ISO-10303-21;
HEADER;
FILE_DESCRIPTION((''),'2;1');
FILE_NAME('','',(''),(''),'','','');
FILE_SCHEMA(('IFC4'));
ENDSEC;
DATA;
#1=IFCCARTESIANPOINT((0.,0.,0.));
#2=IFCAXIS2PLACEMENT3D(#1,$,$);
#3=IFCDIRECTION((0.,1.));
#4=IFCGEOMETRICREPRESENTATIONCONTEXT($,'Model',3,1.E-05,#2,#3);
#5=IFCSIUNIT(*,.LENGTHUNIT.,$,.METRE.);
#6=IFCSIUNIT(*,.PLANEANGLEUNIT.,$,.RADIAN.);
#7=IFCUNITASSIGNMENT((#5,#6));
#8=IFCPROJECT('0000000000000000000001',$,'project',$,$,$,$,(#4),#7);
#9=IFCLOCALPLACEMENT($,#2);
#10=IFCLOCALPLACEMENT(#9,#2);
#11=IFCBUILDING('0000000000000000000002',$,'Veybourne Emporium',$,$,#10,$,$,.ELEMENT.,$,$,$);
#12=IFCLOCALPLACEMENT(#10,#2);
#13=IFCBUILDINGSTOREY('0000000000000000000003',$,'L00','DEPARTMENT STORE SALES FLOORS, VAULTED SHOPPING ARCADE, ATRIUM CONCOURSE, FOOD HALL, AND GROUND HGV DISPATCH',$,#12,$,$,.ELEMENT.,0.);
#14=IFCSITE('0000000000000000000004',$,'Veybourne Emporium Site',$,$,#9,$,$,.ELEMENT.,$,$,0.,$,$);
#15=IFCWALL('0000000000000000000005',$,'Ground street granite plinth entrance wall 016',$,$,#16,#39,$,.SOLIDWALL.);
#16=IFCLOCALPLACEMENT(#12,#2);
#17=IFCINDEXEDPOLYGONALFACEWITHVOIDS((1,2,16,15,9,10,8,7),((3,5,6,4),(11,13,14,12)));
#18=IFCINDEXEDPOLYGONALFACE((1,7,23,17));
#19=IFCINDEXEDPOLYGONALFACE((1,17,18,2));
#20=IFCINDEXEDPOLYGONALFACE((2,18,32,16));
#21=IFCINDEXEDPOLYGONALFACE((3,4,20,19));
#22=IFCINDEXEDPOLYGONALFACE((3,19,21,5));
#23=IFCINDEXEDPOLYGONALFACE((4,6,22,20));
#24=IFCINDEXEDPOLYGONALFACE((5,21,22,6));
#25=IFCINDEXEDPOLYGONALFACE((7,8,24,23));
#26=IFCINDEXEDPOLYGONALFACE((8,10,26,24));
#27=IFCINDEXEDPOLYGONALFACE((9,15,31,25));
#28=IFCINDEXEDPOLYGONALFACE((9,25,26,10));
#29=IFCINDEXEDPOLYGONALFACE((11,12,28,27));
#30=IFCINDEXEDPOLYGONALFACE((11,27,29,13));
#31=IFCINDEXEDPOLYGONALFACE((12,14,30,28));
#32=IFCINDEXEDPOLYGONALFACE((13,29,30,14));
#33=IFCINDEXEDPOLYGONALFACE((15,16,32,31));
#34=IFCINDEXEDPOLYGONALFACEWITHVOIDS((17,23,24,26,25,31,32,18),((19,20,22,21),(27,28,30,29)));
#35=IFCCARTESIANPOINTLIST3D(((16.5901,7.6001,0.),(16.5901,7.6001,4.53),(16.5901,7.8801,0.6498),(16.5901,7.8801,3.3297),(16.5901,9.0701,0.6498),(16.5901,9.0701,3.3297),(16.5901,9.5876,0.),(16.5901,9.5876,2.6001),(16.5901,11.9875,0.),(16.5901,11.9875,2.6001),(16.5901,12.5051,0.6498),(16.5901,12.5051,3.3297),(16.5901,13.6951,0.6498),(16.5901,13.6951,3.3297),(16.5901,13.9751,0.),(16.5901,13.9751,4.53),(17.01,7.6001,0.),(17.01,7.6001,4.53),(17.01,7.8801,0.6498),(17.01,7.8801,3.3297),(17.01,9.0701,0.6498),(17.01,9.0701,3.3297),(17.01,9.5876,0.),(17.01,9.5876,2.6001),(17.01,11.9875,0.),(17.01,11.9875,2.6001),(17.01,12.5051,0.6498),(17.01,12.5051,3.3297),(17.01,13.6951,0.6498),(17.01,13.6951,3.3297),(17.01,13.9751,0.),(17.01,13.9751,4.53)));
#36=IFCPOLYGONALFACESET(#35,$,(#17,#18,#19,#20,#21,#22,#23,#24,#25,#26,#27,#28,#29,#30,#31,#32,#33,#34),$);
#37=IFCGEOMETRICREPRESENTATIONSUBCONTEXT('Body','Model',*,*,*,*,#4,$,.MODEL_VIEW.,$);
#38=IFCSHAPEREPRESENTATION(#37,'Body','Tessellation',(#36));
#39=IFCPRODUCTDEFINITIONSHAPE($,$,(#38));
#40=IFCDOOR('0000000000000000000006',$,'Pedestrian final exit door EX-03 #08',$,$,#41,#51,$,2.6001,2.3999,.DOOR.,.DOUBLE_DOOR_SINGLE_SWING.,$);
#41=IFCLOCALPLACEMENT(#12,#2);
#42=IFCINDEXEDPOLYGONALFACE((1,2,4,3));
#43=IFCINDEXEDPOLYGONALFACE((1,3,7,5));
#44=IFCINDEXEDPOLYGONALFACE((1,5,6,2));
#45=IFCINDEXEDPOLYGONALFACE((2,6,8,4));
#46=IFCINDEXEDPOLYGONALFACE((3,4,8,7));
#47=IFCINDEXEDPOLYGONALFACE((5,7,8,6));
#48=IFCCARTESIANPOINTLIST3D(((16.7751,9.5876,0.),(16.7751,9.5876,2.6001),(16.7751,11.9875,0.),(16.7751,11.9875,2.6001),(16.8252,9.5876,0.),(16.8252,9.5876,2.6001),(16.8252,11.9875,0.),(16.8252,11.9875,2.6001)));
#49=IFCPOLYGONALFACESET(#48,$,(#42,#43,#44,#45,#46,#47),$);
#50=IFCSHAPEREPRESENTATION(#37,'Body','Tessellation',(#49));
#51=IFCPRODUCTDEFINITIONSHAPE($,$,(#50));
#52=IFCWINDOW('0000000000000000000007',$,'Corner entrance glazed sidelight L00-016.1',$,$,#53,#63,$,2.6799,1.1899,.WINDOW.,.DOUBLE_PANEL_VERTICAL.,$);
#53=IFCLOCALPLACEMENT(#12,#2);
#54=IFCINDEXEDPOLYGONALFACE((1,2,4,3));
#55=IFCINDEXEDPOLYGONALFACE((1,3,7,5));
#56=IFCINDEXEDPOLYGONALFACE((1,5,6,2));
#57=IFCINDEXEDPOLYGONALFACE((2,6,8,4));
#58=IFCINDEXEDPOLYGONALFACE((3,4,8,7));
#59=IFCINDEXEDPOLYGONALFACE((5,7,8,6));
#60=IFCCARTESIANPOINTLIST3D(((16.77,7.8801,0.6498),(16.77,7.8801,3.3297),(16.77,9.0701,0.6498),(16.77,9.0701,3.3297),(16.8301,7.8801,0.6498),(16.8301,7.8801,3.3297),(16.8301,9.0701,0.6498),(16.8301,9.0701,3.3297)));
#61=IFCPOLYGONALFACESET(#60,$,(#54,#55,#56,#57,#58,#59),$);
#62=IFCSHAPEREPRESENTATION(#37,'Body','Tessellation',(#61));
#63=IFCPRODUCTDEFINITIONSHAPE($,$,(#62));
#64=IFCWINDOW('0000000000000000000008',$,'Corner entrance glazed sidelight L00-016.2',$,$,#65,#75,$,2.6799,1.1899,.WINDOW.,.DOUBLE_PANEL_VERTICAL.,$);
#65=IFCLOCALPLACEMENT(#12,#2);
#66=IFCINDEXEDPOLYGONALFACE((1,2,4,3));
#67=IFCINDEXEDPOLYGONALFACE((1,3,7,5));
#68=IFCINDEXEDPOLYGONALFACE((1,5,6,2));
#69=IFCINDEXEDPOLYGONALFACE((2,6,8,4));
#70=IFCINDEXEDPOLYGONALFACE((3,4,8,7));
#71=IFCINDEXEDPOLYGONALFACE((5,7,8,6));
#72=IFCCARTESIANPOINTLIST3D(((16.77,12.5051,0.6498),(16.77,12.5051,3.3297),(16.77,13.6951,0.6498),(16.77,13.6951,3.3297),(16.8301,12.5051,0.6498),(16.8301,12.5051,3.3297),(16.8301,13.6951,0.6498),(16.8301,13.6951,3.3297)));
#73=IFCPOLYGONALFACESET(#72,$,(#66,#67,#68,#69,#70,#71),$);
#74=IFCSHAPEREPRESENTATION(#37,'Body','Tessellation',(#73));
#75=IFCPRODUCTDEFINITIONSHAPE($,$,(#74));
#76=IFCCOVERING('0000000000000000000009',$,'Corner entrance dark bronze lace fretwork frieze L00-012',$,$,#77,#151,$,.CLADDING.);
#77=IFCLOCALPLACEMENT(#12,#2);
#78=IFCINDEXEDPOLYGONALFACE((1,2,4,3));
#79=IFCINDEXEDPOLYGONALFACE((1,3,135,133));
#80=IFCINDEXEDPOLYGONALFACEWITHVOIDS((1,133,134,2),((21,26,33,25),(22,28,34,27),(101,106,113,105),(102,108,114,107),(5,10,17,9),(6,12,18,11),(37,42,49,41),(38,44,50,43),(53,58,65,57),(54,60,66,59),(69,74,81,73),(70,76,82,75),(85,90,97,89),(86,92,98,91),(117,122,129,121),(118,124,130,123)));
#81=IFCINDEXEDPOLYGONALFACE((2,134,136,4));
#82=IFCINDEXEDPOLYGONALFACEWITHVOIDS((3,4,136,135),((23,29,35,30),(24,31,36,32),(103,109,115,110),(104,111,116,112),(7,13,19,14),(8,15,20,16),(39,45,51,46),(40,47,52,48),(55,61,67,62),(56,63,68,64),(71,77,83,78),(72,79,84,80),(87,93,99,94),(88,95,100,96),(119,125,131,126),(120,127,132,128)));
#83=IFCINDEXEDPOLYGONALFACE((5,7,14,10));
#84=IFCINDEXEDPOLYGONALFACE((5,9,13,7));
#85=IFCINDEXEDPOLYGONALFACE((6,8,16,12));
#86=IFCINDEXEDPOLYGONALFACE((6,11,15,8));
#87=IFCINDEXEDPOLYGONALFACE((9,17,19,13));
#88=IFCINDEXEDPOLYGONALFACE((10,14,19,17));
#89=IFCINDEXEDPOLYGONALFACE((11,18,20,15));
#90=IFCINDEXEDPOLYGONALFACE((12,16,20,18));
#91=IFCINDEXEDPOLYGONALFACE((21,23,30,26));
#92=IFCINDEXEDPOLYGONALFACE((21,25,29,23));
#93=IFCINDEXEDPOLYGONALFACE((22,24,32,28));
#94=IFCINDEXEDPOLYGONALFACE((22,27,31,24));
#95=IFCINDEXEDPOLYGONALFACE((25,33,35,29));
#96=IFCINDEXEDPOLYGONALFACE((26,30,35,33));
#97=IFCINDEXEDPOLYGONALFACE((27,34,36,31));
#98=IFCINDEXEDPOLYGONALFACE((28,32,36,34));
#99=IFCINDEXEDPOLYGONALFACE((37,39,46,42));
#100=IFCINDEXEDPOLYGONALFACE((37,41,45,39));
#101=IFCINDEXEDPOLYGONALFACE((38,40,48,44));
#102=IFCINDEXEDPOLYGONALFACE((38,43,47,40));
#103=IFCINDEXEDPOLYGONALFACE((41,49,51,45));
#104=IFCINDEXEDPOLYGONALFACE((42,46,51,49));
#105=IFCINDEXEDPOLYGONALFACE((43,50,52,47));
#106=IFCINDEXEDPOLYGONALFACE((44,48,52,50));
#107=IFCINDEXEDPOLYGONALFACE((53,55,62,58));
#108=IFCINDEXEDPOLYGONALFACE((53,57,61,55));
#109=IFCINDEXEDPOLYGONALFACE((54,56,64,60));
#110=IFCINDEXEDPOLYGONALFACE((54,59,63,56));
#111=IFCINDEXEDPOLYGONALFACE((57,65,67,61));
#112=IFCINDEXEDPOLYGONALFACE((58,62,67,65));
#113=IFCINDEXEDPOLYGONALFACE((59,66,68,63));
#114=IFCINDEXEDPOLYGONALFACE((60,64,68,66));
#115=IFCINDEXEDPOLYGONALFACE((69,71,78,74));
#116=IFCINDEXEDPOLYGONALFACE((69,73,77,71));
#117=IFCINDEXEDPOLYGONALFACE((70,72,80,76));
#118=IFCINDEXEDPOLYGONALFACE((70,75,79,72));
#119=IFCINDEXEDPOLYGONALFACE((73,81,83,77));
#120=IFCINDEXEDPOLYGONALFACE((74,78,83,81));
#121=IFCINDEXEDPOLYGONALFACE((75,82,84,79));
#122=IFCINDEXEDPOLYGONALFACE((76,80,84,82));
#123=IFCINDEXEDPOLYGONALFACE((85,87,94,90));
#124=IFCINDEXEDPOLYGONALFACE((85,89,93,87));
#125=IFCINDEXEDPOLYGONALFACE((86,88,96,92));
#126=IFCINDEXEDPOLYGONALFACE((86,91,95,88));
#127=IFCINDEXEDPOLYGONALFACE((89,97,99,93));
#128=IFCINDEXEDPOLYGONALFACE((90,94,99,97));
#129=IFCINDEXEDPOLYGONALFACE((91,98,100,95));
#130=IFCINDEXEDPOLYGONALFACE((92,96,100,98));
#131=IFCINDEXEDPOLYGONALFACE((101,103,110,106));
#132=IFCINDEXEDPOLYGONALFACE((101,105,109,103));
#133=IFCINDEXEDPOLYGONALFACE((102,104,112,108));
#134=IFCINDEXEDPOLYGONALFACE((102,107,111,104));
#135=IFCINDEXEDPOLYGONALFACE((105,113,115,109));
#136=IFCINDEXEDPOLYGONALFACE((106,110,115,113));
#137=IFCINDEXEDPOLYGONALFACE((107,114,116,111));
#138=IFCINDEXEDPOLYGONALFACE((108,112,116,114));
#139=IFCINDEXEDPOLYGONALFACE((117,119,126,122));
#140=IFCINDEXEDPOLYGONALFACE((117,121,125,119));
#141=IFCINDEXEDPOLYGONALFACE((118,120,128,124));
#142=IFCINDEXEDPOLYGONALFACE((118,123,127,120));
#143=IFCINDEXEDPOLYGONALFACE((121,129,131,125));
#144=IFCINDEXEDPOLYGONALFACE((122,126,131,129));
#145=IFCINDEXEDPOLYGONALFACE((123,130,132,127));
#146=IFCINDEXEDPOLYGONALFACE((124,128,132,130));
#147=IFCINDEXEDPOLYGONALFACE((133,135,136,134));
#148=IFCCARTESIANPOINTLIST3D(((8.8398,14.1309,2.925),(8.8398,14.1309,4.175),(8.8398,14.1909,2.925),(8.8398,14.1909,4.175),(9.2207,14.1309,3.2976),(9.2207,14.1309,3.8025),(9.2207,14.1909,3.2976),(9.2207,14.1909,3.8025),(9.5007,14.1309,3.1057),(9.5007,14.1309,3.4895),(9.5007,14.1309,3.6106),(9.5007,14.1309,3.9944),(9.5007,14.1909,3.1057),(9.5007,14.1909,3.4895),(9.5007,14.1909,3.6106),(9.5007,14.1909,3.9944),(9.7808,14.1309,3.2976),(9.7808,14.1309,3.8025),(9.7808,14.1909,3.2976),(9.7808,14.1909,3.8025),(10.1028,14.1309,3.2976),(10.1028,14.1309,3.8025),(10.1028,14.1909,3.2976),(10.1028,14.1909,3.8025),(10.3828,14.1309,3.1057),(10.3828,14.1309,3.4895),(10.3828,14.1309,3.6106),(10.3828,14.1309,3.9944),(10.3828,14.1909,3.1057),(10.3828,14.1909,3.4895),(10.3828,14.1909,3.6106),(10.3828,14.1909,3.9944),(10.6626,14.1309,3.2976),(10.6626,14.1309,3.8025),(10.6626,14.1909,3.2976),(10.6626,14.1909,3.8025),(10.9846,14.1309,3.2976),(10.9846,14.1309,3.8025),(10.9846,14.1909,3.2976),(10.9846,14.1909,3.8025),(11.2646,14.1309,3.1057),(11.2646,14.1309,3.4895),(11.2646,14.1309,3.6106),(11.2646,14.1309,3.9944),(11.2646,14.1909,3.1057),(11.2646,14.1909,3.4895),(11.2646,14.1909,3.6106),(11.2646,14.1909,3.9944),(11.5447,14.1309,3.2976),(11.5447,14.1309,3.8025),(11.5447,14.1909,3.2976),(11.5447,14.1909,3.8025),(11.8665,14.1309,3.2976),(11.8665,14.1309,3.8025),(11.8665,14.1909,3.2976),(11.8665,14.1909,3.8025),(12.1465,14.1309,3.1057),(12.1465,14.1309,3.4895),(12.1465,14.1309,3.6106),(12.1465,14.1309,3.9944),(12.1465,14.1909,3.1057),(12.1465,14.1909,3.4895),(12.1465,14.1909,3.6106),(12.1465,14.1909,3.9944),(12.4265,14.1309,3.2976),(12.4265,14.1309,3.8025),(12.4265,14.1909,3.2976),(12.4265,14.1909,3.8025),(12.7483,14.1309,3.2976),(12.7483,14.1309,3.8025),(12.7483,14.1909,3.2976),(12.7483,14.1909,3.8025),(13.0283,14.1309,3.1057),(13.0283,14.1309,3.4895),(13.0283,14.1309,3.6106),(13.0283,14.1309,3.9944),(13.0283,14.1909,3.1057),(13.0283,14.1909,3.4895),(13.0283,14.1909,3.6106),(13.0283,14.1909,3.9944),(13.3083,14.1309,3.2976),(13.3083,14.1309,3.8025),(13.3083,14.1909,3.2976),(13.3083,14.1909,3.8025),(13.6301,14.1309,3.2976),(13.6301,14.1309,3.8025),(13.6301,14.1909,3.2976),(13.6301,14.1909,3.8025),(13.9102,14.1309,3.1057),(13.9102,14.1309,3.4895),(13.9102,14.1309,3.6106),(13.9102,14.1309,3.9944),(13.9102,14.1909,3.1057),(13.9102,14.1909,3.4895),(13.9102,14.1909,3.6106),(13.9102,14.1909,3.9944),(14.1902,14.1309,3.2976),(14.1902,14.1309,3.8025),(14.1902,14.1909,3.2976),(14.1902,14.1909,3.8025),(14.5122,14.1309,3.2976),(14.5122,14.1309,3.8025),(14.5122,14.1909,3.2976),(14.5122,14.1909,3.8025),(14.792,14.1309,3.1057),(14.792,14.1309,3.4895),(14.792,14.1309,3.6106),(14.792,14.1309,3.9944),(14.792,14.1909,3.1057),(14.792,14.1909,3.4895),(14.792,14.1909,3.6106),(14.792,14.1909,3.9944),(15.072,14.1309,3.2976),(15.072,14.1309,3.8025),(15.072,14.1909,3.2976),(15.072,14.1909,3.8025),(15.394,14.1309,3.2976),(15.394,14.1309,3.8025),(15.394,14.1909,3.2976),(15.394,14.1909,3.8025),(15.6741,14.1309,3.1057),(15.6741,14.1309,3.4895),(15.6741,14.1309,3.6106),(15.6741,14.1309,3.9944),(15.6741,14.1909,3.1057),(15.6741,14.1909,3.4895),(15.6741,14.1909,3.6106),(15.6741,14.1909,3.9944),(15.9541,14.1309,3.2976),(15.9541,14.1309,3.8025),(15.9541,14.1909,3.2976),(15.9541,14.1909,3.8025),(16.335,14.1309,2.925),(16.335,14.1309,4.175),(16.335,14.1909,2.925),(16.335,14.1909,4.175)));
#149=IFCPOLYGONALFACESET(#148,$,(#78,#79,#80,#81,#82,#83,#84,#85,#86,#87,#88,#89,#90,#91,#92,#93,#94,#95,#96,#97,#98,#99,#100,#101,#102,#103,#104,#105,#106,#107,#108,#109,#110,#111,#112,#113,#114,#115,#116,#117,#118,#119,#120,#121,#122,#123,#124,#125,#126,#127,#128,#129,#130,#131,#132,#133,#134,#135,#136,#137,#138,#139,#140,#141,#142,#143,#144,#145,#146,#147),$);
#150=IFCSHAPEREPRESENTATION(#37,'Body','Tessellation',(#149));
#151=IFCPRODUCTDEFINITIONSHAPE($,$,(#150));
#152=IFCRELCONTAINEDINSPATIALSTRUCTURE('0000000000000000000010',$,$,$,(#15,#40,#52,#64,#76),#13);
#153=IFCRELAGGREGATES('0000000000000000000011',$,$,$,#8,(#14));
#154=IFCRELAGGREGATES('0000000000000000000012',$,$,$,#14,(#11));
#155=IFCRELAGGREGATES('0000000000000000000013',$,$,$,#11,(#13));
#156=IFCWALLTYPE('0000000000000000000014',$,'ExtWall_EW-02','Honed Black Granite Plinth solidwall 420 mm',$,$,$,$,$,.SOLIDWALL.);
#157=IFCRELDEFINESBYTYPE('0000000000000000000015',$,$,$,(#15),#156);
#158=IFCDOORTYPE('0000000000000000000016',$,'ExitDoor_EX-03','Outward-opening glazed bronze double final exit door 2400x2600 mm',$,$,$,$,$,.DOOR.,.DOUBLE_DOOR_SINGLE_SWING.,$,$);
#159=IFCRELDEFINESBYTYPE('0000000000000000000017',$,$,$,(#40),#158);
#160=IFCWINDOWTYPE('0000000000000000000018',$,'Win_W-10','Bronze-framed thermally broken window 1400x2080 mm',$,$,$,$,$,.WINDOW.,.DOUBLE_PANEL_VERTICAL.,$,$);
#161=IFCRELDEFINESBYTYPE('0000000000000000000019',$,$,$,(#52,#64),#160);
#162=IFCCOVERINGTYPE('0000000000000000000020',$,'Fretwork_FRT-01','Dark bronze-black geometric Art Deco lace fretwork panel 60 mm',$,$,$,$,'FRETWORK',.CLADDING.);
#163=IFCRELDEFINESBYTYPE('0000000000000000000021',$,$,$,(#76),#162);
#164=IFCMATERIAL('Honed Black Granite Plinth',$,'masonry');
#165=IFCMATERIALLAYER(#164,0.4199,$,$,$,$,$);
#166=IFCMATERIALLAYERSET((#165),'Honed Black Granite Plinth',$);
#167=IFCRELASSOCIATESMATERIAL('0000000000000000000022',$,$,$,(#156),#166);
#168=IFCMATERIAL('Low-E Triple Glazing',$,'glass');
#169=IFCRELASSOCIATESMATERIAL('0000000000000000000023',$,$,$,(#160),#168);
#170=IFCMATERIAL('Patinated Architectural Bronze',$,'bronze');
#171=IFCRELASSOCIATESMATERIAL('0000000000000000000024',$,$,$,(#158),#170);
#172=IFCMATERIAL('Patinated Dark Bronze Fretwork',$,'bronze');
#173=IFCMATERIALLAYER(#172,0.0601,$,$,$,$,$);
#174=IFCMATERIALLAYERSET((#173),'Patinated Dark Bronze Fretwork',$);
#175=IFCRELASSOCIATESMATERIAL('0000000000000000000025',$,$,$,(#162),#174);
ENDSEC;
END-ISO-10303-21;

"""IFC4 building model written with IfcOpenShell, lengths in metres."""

from ifc_helpers import new_model, si_unit, direction, frame, frame_2d, origin, place, context, subcontext, project, spatial, polyline, rectangle, outline, extrude, material, layer, layer_set, type_object, element, fill, save


model = new_model("IFC4")

# Units and contexts
model_context = context("Model", 3, precision=1e-05, world=origin(), true_north=direction((0.0, 1.0)))
body_context = subcontext(model_context, "Body", "Model", "MODEL_VIEW")
ifc_project = project(units=[si_unit("LENGTHUNIT", "METRE"), si_unit("PLANEANGLEUNIT", "RADIAN")], contexts=[model_context])

# Site, building, storey
site_placement = place(None, origin())
site = spatial("IfcSite", under=ifc_project, at=site_placement, Name="Veybourne Emporium Site", CompositionType="ELEMENT", RefElevation=0.0)
building_placement = place(site_placement, origin())
building = spatial("IfcBuilding", under=site, at=building_placement, Name="Veybourne Emporium", CompositionType="ELEMENT")
storey_placement = place(building_placement, origin())
storey = spatial("IfcBuildingStorey", under=building, at=storey_placement, Name="L00", Description="DEPARTMENT STORE SALES FLOORS, VAULTED SHOPPING ARCADE, ATRIUM CONCOURSE, FOOD HALL, AND GROUND HGV DISPATCH", CompositionType="ELEMENT", Elevation=0.0)

# Wall, openings, door, windows
ifc_material_1 = material(Name="Honed Black Granite Plinth", Category="masonry")
ifc_layer_1 = layer(ifc_material_1, 0.4199)
ifc_layer_set_1 = layer_set([ifc_layer_1], Name="Honed Black Granite Plinth")
wall_type = type_object("IfcWallType", Name="ExtWall_EW-02", Description="Honed Black Granite Plinth solidwall 420 mm", PredefinedType="SOLIDWALL", material=ifc_layer_set_1)
ifc_material_2 = material(Name="Patinated Architectural Bronze", Category="bronze")
ifc_material_3 = material(Name="Low-E Triple Glazing", Category="glass")
window_type = type_object("IfcWindowType", Name="Win_W-10", Description="Bronze-framed thermally broken window 1400x2080 mm", PartitioningType="DOUBLE_PANEL_VERTICAL", PredefinedType="WINDOW", material=ifc_material_3)
wall_1_placement = place(storey_placement, frame((16.8, 7.6001, 0.0), z_axis=(0.0, 0.0, 1.0), x_axis=(0.0, 1.0, 0.0)))
wall_1 = element("IfcWall", 1, at=wall_1_placement, inside=storey, type_object=wall_type, Name="Ground street granite plinth entrance wall 016", PredefinedType="SOLIDWALL", context=body_context, shape_type="SweptSolid", body=[
    extrude(rectangle(XDim=6.375, YDim=0.4199, at=frame_2d((3.1875, 0.0))), origin(), (0.0, 0.0, 1.0), 4.53),
])
opening_1_placement = place(wall_1_placement, frame((1.9875, 0.0, 0.0)))
opening_1 = element("IfcOpeningElement", 2, at=opening_1_placement, cuts=wall_1, PredefinedType="OPENING", context=body_context, shape_type="SweptSolid", body=[
    extrude(rectangle(XDim=2.3999, YDim=2.6001, at=frame_2d((1.2, 1.3))), frame((0.0, 0.23, 0.0), z_axis=(0.0, -1.0, 0.0), x_axis=(1.0, 0.0, 0.0)), (0.0, 0.0, 1.0), 0.46),
])
opening_2_placement = place(wall_1_placement, frame((0.28, 0.0, 0.6499)))
opening_2 = element("IfcOpeningElement", 3, at=opening_2_placement, cuts=wall_1, PredefinedType="OPENING", context=body_context, shape_type="SweptSolid", body=[
    extrude(rectangle(XDim=1.1899, YDim=2.6799, at=frame_2d((0.595, 1.3398))), frame((0.0, 0.23, 0.0), z_axis=(0.0, -1.0, 0.0), x_axis=(1.0, 0.0, 0.0)), (0.0, 0.0, 1.0), 0.46),
])
opening_3_placement = place(wall_1_placement, frame((4.905, 0.0, 0.6499)))
opening_3 = element("IfcOpeningElement", 4, at=opening_3_placement, cuts=wall_1, PredefinedType="OPENING", context=body_context, shape_type="SweptSolid", body=[
    extrude(rectangle(XDim=1.1899, YDim=2.6799, at=frame_2d((0.595, 1.3398))), frame((0.0, 0.23, 0.0), z_axis=(0.0, -1.0, 0.0), x_axis=(1.0, 0.0, 0.0)), (0.0, 0.0, 1.0), 0.46),
])
door_type_1 = type_object("IfcDoorType", Name="ExitDoor_EX-03", Description="Outward-opening glazed bronze double final exit door 2400x2600 mm", OperationType="DOUBLE_DOOR_SINGLE_SWING", PredefinedType="DOOR", material=ifc_material_2)
door_1_placement = place(opening_1_placement, origin())
door_1 = element("IfcDoor", 5, at=door_1_placement, inside=storey, type_object=door_type_1, Name="Pedestrian final exit door EX-03 #08", OperationType="DOUBLE_DOOR_SINGLE_SWING", OverallHeight=2.6001, OverallWidth=2.3999, PredefinedType="DOOR", context=body_context, shape_type="SweptSolid", body=[
    extrude(rectangle(XDim=2.3999, YDim=2.6001, at=frame_2d((1.2, 1.3))), frame((0.0, 0.0249, 0.0), z_axis=(0.0, -1.0, 0.0), x_axis=(1.0, 0.0, 0.0)), (0.0, 0.0, 1.0), 0.05),
])
fill(opening_1, door_1)
window_1_placement = place(opening_2_placement, origin())
window_1 = element("IfcWindow", 6, at=window_1_placement, inside=storey, type_object=window_type, Name="Corner entrance glazed sidelight L00-016.1", OverallHeight=2.6799, OverallWidth=1.1899, PartitioningType="DOUBLE_PANEL_VERTICAL", PredefinedType="WINDOW", context=body_context, shape_type="SweptSolid", body=[
    extrude(rectangle(XDim=1.1899, YDim=2.6799, at=frame_2d((0.595, 1.3398))), frame((0.0, 0.03, 0.0), z_axis=(0.0, -1.0, 0.0), x_axis=(1.0, 0.0, 0.0)), (0.0, 0.0, 1.0), 0.0601),
])
fill(opening_2, window_1)
window_2_placement = place(opening_3_placement, origin())
window_2 = element("IfcWindow", 7, at=window_2_placement, inside=storey, type_object=window_type, Name="Corner entrance glazed sidelight L00-016.2", OverallHeight=2.6799, OverallWidth=1.1899, PartitioningType="DOUBLE_PANEL_VERTICAL", PredefinedType="WINDOW", context=body_context, shape_type="SweptSolid", body=[
    extrude(rectangle(XDim=1.1899, YDim=2.6799, at=frame_2d((0.595, 1.3398))), frame((0.0, 0.03, 0.0), z_axis=(0.0, -1.0, 0.0), x_axis=(1.0, 0.0, 0.0)), (0.0, 0.0, 1.0), 0.0601),
])
fill(opening_3, window_2)

# Covering
ifc_material_4 = material(Name="Patinated Dark Bronze Fretwork", Category="bronze")
ifc_layer_2 = layer(ifc_material_4, 0.0601)
ifc_layer_set_2 = layer_set([ifc_layer_2], Name="Patinated Dark Bronze Fretwork")
covering_type = type_object("IfcCoveringType", Name="Fretwork_FRT-01", Description="Dark bronze-black geometric Art Deco lace fretwork panel 60 mm", ElementType="FRETWORK", PredefinedType="CLADDING", material=ifc_layer_set_2)
covering_1_placement = place(storey_placement, frame((12.5874, 14.1309, 3.55), z_axis=(0.0, 1.0, 0.0), x_axis=(-1.0, 0.0, 0.0)))
element("IfcCovering", 8, at=covering_1_placement, inside=storey, type_object=covering_type, Name="Corner entrance dark bronze lace fretwork frieze L00-012", PredefinedType="CLADDING", context=body_context, shape_type="SweptSolid", body=[
    extrude(outline(polyline([(-3.7476, -0.625), (3.7476, -0.625), (3.7476, 0.625), (-3.7476, 0.625), (-3.7476, -0.625)]), holes=[polyline([(-3.0867, -0.0605), (-2.8066, -0.2524), (-3.0867, -0.4443), (-3.3667, -0.2524), (-3.0867, -0.0605)]), polyline([(-3.0867, 0.4443), (-2.8066, 0.2524), (-3.0867, 0.0605), (-3.3667, 0.2524), (-3.0867, 0.4443)]), polyline([(-2.2046, -0.0605), (-1.9248, -0.2524), (-2.2046, -0.4443), (-2.4846, -0.2524), (-2.2046, -0.0605)]), polyline([(-2.2046, 0.4443), (-1.9248, 0.2524), (-2.2046, 0.0605), (-2.4846, 0.2524), (-2.2046, 0.4443)]), polyline([(-1.3228, -0.0605), (-1.0427, -0.2524), (-1.3228, -0.4443), (-1.6028, -0.2524), (-1.3228, -0.0605)]), polyline([(-1.3228, 0.4443), (-1.0427, 0.2524), (-1.3228, 0.0605), (-1.6028, 0.2524), (-1.3228, 0.4443)]), polyline([(-0.4409, -0.0605), (-0.1609, -0.2524), (-0.4409, -0.4443), (-0.7209, -0.2524), (-0.4409, -0.0605)]), polyline([(-0.4409, 0.4443), (-0.1609, 0.2524), (-0.4409, 0.0605), (-0.7209, 0.2524), (-0.4409, 0.4443)]), polyline([(0.4409, -0.0605), (0.7209, -0.2524), (0.4409, -0.4443), (0.1609, -0.2524), (0.4409, -0.0605)]), polyline([(0.4409, 0.4443), (0.7209, 0.2524), (0.4409, 0.0605), (0.1609, 0.2524), (0.4409, 0.4443)]), polyline([(1.3228, -0.0605), (1.6028, -0.2524), (1.3228, -0.4443), (1.0427, -0.2524), (1.3228, -0.0605)]), polyline([(1.3228, 0.4443), (1.6028, 0.2524), (1.3228, 0.0605), (1.0427, 0.2524), (1.3228, 0.4443)]), polyline([(2.2046, -0.0605), (2.4846, -0.2524), (2.2046, -0.4443), (1.9248, -0.2524), (2.2046, -0.0605)]), polyline([(2.2046, 0.4443), (2.4846, 0.2524), (2.2046, 0.0605), (1.9248, 0.2524), (2.2046, 0.4443)]), polyline([(3.0867, -0.0605), (3.3667, -0.2524), (3.0867, -0.4443), (2.8066, -0.2524), (3.0867, -0.0605)]), polyline([(3.0867, 0.4443), (3.3667, 0.2524), (3.0867, 0.0605), (2.8066, 0.2524), (3.0867, 0.4443)])]), origin(), (0.0, 0.0, 1.0), 0.0601),
])

save(model, "model.ifc")
